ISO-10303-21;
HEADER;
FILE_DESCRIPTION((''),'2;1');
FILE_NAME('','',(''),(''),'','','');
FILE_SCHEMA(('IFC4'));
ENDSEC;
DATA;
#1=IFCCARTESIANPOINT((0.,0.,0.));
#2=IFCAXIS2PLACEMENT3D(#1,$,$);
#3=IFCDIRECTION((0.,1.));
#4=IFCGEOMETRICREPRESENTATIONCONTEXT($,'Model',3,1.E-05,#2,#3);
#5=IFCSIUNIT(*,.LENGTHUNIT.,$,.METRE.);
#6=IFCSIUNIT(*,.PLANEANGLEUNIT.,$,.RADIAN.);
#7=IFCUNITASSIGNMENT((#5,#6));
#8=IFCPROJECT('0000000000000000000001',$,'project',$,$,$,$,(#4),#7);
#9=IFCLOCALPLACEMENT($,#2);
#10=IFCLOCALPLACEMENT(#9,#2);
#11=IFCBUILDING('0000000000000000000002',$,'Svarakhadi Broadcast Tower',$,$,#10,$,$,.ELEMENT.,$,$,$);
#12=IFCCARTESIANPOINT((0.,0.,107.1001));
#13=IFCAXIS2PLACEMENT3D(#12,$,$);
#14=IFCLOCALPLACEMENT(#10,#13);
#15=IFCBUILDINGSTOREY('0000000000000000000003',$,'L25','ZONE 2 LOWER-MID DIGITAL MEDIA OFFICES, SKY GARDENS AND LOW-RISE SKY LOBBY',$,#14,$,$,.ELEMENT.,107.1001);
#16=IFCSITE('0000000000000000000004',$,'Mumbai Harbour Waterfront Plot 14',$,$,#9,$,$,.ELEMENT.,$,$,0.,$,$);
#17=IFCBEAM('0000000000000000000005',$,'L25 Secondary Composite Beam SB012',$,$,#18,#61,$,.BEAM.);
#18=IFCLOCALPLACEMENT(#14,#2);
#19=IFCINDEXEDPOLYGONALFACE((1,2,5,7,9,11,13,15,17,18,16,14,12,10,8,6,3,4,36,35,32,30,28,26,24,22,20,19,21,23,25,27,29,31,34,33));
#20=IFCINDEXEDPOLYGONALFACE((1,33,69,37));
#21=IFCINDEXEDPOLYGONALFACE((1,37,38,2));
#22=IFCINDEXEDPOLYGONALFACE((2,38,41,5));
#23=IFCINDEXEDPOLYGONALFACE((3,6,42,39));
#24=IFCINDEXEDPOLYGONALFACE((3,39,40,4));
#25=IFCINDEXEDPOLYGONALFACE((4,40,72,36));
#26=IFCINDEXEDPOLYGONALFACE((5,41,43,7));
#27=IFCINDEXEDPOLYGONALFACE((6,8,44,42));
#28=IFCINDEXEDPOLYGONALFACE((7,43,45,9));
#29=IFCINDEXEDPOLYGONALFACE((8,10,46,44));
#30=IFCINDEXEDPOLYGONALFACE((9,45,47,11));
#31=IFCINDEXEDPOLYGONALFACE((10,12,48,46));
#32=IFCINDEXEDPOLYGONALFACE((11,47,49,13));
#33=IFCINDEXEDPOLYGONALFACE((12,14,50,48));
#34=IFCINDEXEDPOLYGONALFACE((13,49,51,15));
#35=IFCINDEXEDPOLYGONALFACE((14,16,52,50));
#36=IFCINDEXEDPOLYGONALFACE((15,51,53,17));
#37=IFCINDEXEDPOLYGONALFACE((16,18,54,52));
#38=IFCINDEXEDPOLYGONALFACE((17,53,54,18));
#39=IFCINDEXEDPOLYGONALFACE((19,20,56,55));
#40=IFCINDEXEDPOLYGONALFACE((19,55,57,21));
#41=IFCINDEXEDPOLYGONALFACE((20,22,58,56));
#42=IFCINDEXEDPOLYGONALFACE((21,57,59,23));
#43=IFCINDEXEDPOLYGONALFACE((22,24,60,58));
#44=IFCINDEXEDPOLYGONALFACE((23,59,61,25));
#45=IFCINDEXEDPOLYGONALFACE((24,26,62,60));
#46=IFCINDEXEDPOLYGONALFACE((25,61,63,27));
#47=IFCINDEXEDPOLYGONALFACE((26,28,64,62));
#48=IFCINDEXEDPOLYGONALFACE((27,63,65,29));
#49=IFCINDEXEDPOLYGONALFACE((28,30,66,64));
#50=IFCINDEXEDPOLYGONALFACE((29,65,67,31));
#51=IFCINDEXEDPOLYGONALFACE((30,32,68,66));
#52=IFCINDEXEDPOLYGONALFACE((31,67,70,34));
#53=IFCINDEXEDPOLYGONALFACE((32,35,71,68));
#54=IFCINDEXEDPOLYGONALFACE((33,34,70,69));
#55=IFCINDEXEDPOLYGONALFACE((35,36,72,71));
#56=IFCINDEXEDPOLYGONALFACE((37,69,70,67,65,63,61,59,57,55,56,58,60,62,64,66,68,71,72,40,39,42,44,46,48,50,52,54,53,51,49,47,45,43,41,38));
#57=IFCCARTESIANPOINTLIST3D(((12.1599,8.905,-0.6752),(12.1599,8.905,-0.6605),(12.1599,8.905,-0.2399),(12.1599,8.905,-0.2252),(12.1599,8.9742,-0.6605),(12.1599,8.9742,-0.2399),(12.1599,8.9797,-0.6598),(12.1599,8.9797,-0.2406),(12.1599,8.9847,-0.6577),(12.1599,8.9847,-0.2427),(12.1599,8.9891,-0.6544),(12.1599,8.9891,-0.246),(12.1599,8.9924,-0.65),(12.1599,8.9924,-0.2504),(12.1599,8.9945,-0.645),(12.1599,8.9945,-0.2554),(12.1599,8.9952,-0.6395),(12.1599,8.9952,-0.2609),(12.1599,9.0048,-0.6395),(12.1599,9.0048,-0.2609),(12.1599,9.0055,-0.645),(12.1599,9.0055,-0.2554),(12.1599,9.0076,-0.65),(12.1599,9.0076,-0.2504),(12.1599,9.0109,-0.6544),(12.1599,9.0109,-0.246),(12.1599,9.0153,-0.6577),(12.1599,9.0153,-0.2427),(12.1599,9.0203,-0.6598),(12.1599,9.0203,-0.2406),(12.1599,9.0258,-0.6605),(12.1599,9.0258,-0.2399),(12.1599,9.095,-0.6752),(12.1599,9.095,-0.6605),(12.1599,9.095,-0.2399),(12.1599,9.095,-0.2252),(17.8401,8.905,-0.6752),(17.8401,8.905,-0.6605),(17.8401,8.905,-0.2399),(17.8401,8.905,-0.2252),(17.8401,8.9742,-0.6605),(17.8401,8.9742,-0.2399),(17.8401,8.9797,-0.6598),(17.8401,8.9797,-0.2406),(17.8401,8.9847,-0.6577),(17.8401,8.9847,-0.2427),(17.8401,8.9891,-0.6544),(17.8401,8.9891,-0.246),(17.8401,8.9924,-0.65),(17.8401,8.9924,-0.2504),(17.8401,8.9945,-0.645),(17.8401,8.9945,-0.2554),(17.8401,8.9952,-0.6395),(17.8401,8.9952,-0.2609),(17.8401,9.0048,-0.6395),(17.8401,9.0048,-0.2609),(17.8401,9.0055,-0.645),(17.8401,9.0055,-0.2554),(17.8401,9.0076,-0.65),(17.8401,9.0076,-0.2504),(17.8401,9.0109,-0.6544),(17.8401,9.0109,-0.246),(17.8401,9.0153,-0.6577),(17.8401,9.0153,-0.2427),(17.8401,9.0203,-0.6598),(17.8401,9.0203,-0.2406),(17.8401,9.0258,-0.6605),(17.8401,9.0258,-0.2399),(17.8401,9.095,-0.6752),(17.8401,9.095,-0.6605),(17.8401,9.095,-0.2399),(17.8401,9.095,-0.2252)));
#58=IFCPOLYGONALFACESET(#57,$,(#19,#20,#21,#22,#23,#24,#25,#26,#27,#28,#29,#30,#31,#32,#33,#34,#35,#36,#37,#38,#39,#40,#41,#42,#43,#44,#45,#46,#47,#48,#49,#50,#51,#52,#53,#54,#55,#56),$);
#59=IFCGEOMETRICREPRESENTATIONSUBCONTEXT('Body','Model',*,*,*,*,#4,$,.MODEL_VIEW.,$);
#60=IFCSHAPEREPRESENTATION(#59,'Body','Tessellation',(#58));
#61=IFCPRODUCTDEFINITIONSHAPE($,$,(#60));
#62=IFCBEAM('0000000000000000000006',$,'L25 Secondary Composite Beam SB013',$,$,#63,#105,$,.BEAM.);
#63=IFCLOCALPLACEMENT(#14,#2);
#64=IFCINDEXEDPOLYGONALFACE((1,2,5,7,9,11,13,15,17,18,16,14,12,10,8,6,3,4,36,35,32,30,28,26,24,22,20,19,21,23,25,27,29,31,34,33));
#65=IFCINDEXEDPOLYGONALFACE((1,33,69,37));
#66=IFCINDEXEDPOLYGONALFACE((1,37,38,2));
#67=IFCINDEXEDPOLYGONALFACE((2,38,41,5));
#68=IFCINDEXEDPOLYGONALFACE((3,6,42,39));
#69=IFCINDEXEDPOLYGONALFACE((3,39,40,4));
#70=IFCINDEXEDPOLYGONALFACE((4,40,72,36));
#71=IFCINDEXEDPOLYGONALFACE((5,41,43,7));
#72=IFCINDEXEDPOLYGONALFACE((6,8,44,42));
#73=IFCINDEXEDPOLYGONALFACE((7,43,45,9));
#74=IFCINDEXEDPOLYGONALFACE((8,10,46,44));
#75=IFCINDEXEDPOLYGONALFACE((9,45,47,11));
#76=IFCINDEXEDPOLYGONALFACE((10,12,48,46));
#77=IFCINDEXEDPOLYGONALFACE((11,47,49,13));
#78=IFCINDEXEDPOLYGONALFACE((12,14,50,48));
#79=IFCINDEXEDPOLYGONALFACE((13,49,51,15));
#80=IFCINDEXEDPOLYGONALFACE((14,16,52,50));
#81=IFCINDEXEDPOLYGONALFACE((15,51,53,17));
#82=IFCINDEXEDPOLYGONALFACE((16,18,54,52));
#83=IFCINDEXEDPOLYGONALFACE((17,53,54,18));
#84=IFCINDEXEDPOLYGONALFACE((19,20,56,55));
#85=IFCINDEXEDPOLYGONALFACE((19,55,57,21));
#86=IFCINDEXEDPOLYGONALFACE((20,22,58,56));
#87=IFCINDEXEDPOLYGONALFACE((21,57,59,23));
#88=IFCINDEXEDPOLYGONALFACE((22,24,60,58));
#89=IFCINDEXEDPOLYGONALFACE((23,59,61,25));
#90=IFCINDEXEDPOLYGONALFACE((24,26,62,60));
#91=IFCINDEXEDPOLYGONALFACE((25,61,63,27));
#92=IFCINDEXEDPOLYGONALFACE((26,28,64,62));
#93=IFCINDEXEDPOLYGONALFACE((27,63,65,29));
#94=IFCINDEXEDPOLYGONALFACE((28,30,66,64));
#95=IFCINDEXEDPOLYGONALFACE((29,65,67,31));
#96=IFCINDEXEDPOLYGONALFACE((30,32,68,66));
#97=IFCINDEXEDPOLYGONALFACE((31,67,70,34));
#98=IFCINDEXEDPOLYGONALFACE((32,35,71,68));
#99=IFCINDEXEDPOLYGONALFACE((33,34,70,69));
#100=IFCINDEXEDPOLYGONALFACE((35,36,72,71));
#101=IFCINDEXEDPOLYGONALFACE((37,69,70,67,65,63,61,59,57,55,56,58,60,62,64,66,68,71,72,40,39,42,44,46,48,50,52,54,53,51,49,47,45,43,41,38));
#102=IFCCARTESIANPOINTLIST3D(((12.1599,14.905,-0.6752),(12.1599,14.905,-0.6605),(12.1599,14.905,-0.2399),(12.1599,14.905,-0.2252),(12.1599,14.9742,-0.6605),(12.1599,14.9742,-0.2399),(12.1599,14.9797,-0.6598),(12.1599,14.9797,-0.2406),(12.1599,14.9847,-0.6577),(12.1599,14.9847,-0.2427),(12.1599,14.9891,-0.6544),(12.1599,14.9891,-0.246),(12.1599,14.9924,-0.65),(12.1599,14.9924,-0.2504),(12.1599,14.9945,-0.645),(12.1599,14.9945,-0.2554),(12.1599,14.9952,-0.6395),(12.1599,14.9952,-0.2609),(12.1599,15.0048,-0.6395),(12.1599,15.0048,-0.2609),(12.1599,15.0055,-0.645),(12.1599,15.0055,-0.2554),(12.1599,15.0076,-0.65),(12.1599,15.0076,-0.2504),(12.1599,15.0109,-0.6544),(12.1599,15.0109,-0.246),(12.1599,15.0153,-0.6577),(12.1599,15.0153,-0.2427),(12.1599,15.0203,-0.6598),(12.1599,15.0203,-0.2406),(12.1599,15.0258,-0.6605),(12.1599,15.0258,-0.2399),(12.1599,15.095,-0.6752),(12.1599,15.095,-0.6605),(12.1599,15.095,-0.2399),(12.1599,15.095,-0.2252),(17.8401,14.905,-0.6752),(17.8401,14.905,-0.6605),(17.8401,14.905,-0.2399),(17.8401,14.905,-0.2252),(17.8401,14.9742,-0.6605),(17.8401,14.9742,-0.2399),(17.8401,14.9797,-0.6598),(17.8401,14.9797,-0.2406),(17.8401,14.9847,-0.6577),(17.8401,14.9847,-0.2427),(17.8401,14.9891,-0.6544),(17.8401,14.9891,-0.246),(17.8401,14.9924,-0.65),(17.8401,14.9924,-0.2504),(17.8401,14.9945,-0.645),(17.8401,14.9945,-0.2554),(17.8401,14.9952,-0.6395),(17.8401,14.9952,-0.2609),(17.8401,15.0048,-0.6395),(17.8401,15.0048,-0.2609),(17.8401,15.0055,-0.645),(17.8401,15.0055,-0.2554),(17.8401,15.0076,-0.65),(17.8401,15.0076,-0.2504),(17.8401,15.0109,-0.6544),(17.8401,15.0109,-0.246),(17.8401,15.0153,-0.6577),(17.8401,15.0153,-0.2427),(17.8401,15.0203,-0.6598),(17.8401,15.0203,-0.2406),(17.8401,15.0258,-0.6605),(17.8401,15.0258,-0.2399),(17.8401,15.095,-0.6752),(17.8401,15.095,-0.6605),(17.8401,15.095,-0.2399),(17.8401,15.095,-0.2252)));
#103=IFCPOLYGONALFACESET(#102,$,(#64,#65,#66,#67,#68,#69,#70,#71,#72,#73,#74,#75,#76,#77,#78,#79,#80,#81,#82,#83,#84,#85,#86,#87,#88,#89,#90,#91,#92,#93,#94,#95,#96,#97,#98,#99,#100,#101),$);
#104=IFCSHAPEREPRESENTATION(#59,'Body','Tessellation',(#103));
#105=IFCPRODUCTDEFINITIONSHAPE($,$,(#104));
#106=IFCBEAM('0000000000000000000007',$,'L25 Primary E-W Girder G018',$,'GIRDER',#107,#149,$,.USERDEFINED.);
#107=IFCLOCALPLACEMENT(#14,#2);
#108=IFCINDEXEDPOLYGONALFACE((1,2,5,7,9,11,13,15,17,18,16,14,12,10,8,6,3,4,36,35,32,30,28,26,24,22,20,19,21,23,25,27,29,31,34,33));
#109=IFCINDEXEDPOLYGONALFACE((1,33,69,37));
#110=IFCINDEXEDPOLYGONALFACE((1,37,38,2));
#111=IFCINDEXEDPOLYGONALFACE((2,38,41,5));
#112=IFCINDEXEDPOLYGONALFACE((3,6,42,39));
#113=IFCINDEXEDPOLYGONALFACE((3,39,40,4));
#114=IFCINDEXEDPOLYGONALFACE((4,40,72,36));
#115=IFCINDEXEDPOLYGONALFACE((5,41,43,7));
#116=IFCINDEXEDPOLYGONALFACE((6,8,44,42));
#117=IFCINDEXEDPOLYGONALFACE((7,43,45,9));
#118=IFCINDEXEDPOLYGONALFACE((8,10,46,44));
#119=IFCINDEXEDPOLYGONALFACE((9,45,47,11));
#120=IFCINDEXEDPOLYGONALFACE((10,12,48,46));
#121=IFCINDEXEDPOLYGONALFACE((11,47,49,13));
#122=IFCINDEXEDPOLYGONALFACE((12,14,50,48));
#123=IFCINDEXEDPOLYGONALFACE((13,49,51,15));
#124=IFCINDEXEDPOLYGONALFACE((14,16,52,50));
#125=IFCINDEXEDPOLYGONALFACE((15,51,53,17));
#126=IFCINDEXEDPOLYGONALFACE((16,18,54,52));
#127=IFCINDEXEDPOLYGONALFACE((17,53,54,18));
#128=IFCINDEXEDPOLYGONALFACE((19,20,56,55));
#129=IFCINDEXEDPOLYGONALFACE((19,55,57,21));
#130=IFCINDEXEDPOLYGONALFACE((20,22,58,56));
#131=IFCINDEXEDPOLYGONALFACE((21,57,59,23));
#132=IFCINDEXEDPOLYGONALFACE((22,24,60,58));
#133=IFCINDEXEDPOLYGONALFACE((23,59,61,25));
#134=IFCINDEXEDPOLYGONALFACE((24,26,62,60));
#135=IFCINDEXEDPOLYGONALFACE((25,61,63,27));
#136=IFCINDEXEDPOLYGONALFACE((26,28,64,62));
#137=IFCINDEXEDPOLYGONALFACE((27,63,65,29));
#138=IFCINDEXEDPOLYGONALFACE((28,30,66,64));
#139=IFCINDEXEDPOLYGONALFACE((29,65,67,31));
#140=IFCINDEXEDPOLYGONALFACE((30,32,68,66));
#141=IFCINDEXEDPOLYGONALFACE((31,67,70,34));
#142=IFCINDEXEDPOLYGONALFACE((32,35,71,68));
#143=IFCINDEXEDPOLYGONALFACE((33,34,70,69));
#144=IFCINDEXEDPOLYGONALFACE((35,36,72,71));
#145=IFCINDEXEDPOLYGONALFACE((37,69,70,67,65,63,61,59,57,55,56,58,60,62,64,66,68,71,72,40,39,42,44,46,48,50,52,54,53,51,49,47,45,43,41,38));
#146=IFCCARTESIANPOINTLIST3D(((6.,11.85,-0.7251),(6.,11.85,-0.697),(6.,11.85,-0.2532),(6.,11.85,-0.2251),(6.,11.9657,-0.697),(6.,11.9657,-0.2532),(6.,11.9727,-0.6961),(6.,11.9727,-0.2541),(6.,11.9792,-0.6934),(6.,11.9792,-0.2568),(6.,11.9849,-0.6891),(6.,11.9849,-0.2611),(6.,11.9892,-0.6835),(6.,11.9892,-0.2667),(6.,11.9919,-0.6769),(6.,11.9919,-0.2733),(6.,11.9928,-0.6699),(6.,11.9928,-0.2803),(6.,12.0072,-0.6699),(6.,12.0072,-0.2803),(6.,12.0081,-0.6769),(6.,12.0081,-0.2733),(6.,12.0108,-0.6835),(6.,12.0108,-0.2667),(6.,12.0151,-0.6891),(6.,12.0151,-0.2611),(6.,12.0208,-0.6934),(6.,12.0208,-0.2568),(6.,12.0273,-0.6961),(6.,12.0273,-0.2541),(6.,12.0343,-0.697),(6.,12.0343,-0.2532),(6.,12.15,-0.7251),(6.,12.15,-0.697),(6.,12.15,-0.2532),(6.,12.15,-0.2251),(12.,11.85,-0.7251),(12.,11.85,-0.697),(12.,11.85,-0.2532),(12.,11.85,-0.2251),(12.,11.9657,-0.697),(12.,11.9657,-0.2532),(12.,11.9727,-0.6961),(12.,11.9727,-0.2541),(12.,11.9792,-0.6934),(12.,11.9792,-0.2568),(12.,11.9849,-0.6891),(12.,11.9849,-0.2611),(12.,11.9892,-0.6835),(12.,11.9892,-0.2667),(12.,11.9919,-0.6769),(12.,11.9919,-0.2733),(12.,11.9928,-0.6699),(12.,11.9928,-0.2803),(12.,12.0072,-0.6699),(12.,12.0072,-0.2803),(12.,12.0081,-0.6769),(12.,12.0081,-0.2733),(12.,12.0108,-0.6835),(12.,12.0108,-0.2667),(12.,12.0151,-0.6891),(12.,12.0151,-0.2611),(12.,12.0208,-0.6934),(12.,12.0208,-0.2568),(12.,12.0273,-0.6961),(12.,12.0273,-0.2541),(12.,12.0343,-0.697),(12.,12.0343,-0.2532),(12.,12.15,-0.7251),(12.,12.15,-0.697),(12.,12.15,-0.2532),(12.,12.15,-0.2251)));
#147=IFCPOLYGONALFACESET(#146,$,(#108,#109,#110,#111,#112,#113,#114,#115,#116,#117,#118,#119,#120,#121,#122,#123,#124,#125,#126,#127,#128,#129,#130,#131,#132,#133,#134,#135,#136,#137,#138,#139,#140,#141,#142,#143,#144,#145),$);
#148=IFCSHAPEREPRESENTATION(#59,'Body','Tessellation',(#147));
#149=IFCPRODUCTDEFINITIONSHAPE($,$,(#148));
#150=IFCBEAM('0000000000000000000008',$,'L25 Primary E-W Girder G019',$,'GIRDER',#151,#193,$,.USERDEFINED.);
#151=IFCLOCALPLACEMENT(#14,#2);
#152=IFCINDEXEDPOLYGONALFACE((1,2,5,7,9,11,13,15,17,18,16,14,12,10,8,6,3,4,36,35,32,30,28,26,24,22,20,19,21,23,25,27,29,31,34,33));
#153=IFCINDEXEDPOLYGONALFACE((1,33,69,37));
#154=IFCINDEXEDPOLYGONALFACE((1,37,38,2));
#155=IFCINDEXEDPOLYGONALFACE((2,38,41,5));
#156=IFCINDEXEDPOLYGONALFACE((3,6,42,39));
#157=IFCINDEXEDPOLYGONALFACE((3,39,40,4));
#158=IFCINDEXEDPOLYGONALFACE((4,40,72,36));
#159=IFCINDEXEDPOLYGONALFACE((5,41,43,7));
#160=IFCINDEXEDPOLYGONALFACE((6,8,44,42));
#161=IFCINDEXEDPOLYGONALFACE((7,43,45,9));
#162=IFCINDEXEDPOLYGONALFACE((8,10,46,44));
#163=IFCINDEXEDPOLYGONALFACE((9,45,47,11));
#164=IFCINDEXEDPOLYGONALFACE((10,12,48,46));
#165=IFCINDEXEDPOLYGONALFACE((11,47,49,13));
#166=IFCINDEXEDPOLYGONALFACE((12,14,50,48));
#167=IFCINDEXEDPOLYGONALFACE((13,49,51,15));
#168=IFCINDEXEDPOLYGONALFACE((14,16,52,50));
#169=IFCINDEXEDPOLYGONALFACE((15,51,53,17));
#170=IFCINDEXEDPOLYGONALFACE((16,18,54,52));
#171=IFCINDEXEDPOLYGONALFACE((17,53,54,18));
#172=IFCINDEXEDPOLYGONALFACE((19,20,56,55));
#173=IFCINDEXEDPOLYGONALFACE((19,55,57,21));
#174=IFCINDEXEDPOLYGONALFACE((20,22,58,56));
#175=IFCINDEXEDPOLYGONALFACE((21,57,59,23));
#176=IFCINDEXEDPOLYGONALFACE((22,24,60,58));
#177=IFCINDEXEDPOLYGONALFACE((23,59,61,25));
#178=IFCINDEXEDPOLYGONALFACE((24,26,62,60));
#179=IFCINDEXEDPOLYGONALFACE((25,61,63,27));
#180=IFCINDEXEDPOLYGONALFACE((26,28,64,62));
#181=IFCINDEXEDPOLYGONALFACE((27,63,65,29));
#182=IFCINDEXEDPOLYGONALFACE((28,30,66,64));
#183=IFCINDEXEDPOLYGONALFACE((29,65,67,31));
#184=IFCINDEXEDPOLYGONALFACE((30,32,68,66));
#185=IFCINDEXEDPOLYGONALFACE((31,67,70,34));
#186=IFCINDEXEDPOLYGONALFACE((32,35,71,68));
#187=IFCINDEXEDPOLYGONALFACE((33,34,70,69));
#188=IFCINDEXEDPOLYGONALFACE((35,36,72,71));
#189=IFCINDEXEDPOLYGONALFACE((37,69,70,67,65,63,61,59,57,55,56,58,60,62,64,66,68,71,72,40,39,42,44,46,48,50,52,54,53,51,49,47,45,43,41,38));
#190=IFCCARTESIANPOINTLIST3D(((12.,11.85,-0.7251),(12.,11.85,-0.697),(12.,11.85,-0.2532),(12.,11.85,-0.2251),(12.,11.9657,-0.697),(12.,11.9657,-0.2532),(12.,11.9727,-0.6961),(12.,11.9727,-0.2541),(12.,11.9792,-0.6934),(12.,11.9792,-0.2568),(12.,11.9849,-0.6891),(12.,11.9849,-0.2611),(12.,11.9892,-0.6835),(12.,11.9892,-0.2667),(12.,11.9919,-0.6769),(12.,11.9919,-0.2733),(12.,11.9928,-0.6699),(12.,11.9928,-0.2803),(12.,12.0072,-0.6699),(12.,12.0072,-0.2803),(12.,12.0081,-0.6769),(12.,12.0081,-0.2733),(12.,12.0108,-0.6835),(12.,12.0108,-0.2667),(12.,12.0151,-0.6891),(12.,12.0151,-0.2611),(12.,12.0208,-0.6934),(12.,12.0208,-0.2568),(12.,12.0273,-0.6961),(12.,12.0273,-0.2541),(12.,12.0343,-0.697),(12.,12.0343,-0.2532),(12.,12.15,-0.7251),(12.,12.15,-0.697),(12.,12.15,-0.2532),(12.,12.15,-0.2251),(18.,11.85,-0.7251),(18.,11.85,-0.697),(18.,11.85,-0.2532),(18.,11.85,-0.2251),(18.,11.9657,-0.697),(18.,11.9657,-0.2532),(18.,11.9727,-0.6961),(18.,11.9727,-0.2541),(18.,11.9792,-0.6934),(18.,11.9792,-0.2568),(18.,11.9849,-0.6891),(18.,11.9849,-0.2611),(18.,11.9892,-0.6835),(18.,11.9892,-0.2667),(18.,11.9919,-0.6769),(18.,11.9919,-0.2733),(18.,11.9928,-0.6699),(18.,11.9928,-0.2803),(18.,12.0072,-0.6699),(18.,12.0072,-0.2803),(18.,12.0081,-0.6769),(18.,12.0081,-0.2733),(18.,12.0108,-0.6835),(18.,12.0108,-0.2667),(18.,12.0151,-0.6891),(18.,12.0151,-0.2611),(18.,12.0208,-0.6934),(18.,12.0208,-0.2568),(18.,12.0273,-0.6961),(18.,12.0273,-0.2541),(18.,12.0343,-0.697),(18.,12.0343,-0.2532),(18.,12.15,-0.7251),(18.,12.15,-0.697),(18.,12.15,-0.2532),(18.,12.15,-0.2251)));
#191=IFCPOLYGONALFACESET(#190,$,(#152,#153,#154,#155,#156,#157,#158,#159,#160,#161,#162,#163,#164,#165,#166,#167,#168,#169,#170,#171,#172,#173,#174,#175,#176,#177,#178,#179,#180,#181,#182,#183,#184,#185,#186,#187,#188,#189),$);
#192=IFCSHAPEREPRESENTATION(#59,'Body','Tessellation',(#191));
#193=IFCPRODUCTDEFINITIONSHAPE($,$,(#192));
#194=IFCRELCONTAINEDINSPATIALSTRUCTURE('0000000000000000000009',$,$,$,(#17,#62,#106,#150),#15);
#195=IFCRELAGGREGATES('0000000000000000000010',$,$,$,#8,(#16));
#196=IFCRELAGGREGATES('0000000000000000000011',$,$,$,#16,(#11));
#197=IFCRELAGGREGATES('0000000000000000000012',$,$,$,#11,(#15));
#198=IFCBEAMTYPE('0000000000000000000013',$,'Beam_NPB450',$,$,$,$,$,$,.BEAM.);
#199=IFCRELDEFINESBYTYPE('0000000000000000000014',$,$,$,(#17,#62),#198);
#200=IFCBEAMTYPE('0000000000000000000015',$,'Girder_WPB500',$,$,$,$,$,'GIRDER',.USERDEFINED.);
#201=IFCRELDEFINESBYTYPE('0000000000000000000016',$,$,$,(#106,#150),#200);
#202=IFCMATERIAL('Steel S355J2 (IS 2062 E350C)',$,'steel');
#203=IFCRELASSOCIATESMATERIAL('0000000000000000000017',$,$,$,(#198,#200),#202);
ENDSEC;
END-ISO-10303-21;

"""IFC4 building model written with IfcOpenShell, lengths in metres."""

from ifc_helpers import new_model, si_unit, direction, frame, origin, origin_2d, place, context, subcontext, project, spatial, i_section, extrude, material, material_profile, profile_set, type_object, element, save


model = new_model("IFC4")

# Units and contexts
model_context = context("Model", 3, precision=1e-05, world=origin(), true_north=direction((0.0, 1.0)))
body_context = subcontext(model_context, "Body", "Model", "MODEL_VIEW")
ifc_project = project(units=[si_unit("LENGTHUNIT", "METRE"), si_unit("PLANEANGLEUNIT", "RADIAN")], contexts=[model_context])

# Site, building, storey
site_placement = place(None, origin())
site = spatial("IfcSite", under=ifc_project, at=site_placement, Name="Mumbai Harbour Waterfront Plot 14", CompositionType="ELEMENT", RefElevation=0.0)
building_placement = place(site_placement, origin())
building = spatial("IfcBuilding", under=site, at=building_placement, Name="Svarakhadi Broadcast Tower", CompositionType="ELEMENT")
storey_placement = place(building_placement, frame((0.0, 0.0, 107.1001)))
storey = spatial("IfcBuildingStorey", under=building, at=storey_placement, Name="L25", Description="ZONE 2 LOWER-MID DIGITAL MEDIA OFFICES, SKY GARDENS AND LOW-RISE SKY LOBBY", CompositionType="ELEMENT", Elevation=107.1001)

# Beams
ifc_material_1 = material(Name="Steel S355J2 (IS 2062 E350C)", Category="steel")
ifc_material_profile_1 = material_profile(ifc_material_1, i_section(OverallWidth=0.1899, OverallDepth=0.45, WebThickness=0.0095, FlangeThickness=0.0146, FilletRadius=0.021, at=origin_2d()), Name="NPB 450x190x78")
ifc_profile_set_1 = profile_set([ifc_material_profile_1], Name="Steel S355J2 (IS 2062 E350C)")
beam_type_1 = type_object("IfcBeamType", Name="Beam_NPB450", PredefinedType="BEAM", material=ifc_profile_set_1)
for number, where, z_axis, x_axis, name in (
    (1, (12.1599, 9.0, -0.4502), (1.0, 0.0, 0.0), (0.0, 1.0, 0.0), "L25 Secondary Composite Beam SB012"),
    (2, (12.1599, 15.0, -0.4502), (1.0, 0.0, 0.0), (0.0, 1.0, 0.0), "L25 Secondary Composite Beam SB013"),
):
    element("IfcBeam", number, at=place(storey_placement, frame(where, z_axis=z_axis, x_axis=x_axis)), inside=storey, type_object=beam_type_1, Name=name, PredefinedType="BEAM", context=body_context, shape_type="SweptSolid", body=[
        extrude(i_section(OverallWidth=0.1899, OverallDepth=0.45, WebThickness=0.0095, FlangeThickness=0.0146, FilletRadius=0.021, at=origin_2d()), origin(), (0.0, 0.0, 1.0), 5.6802),
    ])
ifc_material_profile_2 = material_profile(ifc_material_1, i_section(OverallWidth=0.3, OverallDepth=0.5, WebThickness=0.0144, FlangeThickness=0.0281, FilletRadius=0.0271, at=origin_2d()), Name="WPB 500x300x187")
ifc_profile_set_2 = profile_set([ifc_material_profile_2], Name="Steel S355J2 (IS 2062 E350C)")
beam_type_2 = type_object("IfcBeamType", Name="Girder_WPB500", ElementType="GIRDER", PredefinedType="USERDEFINED", material=ifc_profile_set_2)
for number, where, z_axis, x_axis, name in (
    (3, (6.0, 12.0, -0.4751), (1.0, 0.0, 0.0), (0.0, 1.0, 0.0), "L25 Primary E-W Girder G018"),
    (4, (12.0, 12.0, -0.4751), (1.0, 0.0, 0.0), (0.0, 1.0, 0.0), "L25 Primary E-W Girder G019"),
):
    element("IfcBeam", number, at=place(storey_placement, frame(where, z_axis=z_axis, x_axis=x_axis)), inside=storey, type_object=beam_type_2, Name=name, ObjectType="GIRDER", PredefinedType="USERDEFINED", context=body_context, shape_type="SweptSolid", body=[
        extrude(i_section(OverallWidth=0.3, OverallDepth=0.5, WebThickness=0.0144, FlangeThickness=0.0281, FilletRadius=0.0271, at=origin_2d()), origin(), (0.0, 0.0, 1.0), 6.0),
    ])

save(model, "model.ifc")
